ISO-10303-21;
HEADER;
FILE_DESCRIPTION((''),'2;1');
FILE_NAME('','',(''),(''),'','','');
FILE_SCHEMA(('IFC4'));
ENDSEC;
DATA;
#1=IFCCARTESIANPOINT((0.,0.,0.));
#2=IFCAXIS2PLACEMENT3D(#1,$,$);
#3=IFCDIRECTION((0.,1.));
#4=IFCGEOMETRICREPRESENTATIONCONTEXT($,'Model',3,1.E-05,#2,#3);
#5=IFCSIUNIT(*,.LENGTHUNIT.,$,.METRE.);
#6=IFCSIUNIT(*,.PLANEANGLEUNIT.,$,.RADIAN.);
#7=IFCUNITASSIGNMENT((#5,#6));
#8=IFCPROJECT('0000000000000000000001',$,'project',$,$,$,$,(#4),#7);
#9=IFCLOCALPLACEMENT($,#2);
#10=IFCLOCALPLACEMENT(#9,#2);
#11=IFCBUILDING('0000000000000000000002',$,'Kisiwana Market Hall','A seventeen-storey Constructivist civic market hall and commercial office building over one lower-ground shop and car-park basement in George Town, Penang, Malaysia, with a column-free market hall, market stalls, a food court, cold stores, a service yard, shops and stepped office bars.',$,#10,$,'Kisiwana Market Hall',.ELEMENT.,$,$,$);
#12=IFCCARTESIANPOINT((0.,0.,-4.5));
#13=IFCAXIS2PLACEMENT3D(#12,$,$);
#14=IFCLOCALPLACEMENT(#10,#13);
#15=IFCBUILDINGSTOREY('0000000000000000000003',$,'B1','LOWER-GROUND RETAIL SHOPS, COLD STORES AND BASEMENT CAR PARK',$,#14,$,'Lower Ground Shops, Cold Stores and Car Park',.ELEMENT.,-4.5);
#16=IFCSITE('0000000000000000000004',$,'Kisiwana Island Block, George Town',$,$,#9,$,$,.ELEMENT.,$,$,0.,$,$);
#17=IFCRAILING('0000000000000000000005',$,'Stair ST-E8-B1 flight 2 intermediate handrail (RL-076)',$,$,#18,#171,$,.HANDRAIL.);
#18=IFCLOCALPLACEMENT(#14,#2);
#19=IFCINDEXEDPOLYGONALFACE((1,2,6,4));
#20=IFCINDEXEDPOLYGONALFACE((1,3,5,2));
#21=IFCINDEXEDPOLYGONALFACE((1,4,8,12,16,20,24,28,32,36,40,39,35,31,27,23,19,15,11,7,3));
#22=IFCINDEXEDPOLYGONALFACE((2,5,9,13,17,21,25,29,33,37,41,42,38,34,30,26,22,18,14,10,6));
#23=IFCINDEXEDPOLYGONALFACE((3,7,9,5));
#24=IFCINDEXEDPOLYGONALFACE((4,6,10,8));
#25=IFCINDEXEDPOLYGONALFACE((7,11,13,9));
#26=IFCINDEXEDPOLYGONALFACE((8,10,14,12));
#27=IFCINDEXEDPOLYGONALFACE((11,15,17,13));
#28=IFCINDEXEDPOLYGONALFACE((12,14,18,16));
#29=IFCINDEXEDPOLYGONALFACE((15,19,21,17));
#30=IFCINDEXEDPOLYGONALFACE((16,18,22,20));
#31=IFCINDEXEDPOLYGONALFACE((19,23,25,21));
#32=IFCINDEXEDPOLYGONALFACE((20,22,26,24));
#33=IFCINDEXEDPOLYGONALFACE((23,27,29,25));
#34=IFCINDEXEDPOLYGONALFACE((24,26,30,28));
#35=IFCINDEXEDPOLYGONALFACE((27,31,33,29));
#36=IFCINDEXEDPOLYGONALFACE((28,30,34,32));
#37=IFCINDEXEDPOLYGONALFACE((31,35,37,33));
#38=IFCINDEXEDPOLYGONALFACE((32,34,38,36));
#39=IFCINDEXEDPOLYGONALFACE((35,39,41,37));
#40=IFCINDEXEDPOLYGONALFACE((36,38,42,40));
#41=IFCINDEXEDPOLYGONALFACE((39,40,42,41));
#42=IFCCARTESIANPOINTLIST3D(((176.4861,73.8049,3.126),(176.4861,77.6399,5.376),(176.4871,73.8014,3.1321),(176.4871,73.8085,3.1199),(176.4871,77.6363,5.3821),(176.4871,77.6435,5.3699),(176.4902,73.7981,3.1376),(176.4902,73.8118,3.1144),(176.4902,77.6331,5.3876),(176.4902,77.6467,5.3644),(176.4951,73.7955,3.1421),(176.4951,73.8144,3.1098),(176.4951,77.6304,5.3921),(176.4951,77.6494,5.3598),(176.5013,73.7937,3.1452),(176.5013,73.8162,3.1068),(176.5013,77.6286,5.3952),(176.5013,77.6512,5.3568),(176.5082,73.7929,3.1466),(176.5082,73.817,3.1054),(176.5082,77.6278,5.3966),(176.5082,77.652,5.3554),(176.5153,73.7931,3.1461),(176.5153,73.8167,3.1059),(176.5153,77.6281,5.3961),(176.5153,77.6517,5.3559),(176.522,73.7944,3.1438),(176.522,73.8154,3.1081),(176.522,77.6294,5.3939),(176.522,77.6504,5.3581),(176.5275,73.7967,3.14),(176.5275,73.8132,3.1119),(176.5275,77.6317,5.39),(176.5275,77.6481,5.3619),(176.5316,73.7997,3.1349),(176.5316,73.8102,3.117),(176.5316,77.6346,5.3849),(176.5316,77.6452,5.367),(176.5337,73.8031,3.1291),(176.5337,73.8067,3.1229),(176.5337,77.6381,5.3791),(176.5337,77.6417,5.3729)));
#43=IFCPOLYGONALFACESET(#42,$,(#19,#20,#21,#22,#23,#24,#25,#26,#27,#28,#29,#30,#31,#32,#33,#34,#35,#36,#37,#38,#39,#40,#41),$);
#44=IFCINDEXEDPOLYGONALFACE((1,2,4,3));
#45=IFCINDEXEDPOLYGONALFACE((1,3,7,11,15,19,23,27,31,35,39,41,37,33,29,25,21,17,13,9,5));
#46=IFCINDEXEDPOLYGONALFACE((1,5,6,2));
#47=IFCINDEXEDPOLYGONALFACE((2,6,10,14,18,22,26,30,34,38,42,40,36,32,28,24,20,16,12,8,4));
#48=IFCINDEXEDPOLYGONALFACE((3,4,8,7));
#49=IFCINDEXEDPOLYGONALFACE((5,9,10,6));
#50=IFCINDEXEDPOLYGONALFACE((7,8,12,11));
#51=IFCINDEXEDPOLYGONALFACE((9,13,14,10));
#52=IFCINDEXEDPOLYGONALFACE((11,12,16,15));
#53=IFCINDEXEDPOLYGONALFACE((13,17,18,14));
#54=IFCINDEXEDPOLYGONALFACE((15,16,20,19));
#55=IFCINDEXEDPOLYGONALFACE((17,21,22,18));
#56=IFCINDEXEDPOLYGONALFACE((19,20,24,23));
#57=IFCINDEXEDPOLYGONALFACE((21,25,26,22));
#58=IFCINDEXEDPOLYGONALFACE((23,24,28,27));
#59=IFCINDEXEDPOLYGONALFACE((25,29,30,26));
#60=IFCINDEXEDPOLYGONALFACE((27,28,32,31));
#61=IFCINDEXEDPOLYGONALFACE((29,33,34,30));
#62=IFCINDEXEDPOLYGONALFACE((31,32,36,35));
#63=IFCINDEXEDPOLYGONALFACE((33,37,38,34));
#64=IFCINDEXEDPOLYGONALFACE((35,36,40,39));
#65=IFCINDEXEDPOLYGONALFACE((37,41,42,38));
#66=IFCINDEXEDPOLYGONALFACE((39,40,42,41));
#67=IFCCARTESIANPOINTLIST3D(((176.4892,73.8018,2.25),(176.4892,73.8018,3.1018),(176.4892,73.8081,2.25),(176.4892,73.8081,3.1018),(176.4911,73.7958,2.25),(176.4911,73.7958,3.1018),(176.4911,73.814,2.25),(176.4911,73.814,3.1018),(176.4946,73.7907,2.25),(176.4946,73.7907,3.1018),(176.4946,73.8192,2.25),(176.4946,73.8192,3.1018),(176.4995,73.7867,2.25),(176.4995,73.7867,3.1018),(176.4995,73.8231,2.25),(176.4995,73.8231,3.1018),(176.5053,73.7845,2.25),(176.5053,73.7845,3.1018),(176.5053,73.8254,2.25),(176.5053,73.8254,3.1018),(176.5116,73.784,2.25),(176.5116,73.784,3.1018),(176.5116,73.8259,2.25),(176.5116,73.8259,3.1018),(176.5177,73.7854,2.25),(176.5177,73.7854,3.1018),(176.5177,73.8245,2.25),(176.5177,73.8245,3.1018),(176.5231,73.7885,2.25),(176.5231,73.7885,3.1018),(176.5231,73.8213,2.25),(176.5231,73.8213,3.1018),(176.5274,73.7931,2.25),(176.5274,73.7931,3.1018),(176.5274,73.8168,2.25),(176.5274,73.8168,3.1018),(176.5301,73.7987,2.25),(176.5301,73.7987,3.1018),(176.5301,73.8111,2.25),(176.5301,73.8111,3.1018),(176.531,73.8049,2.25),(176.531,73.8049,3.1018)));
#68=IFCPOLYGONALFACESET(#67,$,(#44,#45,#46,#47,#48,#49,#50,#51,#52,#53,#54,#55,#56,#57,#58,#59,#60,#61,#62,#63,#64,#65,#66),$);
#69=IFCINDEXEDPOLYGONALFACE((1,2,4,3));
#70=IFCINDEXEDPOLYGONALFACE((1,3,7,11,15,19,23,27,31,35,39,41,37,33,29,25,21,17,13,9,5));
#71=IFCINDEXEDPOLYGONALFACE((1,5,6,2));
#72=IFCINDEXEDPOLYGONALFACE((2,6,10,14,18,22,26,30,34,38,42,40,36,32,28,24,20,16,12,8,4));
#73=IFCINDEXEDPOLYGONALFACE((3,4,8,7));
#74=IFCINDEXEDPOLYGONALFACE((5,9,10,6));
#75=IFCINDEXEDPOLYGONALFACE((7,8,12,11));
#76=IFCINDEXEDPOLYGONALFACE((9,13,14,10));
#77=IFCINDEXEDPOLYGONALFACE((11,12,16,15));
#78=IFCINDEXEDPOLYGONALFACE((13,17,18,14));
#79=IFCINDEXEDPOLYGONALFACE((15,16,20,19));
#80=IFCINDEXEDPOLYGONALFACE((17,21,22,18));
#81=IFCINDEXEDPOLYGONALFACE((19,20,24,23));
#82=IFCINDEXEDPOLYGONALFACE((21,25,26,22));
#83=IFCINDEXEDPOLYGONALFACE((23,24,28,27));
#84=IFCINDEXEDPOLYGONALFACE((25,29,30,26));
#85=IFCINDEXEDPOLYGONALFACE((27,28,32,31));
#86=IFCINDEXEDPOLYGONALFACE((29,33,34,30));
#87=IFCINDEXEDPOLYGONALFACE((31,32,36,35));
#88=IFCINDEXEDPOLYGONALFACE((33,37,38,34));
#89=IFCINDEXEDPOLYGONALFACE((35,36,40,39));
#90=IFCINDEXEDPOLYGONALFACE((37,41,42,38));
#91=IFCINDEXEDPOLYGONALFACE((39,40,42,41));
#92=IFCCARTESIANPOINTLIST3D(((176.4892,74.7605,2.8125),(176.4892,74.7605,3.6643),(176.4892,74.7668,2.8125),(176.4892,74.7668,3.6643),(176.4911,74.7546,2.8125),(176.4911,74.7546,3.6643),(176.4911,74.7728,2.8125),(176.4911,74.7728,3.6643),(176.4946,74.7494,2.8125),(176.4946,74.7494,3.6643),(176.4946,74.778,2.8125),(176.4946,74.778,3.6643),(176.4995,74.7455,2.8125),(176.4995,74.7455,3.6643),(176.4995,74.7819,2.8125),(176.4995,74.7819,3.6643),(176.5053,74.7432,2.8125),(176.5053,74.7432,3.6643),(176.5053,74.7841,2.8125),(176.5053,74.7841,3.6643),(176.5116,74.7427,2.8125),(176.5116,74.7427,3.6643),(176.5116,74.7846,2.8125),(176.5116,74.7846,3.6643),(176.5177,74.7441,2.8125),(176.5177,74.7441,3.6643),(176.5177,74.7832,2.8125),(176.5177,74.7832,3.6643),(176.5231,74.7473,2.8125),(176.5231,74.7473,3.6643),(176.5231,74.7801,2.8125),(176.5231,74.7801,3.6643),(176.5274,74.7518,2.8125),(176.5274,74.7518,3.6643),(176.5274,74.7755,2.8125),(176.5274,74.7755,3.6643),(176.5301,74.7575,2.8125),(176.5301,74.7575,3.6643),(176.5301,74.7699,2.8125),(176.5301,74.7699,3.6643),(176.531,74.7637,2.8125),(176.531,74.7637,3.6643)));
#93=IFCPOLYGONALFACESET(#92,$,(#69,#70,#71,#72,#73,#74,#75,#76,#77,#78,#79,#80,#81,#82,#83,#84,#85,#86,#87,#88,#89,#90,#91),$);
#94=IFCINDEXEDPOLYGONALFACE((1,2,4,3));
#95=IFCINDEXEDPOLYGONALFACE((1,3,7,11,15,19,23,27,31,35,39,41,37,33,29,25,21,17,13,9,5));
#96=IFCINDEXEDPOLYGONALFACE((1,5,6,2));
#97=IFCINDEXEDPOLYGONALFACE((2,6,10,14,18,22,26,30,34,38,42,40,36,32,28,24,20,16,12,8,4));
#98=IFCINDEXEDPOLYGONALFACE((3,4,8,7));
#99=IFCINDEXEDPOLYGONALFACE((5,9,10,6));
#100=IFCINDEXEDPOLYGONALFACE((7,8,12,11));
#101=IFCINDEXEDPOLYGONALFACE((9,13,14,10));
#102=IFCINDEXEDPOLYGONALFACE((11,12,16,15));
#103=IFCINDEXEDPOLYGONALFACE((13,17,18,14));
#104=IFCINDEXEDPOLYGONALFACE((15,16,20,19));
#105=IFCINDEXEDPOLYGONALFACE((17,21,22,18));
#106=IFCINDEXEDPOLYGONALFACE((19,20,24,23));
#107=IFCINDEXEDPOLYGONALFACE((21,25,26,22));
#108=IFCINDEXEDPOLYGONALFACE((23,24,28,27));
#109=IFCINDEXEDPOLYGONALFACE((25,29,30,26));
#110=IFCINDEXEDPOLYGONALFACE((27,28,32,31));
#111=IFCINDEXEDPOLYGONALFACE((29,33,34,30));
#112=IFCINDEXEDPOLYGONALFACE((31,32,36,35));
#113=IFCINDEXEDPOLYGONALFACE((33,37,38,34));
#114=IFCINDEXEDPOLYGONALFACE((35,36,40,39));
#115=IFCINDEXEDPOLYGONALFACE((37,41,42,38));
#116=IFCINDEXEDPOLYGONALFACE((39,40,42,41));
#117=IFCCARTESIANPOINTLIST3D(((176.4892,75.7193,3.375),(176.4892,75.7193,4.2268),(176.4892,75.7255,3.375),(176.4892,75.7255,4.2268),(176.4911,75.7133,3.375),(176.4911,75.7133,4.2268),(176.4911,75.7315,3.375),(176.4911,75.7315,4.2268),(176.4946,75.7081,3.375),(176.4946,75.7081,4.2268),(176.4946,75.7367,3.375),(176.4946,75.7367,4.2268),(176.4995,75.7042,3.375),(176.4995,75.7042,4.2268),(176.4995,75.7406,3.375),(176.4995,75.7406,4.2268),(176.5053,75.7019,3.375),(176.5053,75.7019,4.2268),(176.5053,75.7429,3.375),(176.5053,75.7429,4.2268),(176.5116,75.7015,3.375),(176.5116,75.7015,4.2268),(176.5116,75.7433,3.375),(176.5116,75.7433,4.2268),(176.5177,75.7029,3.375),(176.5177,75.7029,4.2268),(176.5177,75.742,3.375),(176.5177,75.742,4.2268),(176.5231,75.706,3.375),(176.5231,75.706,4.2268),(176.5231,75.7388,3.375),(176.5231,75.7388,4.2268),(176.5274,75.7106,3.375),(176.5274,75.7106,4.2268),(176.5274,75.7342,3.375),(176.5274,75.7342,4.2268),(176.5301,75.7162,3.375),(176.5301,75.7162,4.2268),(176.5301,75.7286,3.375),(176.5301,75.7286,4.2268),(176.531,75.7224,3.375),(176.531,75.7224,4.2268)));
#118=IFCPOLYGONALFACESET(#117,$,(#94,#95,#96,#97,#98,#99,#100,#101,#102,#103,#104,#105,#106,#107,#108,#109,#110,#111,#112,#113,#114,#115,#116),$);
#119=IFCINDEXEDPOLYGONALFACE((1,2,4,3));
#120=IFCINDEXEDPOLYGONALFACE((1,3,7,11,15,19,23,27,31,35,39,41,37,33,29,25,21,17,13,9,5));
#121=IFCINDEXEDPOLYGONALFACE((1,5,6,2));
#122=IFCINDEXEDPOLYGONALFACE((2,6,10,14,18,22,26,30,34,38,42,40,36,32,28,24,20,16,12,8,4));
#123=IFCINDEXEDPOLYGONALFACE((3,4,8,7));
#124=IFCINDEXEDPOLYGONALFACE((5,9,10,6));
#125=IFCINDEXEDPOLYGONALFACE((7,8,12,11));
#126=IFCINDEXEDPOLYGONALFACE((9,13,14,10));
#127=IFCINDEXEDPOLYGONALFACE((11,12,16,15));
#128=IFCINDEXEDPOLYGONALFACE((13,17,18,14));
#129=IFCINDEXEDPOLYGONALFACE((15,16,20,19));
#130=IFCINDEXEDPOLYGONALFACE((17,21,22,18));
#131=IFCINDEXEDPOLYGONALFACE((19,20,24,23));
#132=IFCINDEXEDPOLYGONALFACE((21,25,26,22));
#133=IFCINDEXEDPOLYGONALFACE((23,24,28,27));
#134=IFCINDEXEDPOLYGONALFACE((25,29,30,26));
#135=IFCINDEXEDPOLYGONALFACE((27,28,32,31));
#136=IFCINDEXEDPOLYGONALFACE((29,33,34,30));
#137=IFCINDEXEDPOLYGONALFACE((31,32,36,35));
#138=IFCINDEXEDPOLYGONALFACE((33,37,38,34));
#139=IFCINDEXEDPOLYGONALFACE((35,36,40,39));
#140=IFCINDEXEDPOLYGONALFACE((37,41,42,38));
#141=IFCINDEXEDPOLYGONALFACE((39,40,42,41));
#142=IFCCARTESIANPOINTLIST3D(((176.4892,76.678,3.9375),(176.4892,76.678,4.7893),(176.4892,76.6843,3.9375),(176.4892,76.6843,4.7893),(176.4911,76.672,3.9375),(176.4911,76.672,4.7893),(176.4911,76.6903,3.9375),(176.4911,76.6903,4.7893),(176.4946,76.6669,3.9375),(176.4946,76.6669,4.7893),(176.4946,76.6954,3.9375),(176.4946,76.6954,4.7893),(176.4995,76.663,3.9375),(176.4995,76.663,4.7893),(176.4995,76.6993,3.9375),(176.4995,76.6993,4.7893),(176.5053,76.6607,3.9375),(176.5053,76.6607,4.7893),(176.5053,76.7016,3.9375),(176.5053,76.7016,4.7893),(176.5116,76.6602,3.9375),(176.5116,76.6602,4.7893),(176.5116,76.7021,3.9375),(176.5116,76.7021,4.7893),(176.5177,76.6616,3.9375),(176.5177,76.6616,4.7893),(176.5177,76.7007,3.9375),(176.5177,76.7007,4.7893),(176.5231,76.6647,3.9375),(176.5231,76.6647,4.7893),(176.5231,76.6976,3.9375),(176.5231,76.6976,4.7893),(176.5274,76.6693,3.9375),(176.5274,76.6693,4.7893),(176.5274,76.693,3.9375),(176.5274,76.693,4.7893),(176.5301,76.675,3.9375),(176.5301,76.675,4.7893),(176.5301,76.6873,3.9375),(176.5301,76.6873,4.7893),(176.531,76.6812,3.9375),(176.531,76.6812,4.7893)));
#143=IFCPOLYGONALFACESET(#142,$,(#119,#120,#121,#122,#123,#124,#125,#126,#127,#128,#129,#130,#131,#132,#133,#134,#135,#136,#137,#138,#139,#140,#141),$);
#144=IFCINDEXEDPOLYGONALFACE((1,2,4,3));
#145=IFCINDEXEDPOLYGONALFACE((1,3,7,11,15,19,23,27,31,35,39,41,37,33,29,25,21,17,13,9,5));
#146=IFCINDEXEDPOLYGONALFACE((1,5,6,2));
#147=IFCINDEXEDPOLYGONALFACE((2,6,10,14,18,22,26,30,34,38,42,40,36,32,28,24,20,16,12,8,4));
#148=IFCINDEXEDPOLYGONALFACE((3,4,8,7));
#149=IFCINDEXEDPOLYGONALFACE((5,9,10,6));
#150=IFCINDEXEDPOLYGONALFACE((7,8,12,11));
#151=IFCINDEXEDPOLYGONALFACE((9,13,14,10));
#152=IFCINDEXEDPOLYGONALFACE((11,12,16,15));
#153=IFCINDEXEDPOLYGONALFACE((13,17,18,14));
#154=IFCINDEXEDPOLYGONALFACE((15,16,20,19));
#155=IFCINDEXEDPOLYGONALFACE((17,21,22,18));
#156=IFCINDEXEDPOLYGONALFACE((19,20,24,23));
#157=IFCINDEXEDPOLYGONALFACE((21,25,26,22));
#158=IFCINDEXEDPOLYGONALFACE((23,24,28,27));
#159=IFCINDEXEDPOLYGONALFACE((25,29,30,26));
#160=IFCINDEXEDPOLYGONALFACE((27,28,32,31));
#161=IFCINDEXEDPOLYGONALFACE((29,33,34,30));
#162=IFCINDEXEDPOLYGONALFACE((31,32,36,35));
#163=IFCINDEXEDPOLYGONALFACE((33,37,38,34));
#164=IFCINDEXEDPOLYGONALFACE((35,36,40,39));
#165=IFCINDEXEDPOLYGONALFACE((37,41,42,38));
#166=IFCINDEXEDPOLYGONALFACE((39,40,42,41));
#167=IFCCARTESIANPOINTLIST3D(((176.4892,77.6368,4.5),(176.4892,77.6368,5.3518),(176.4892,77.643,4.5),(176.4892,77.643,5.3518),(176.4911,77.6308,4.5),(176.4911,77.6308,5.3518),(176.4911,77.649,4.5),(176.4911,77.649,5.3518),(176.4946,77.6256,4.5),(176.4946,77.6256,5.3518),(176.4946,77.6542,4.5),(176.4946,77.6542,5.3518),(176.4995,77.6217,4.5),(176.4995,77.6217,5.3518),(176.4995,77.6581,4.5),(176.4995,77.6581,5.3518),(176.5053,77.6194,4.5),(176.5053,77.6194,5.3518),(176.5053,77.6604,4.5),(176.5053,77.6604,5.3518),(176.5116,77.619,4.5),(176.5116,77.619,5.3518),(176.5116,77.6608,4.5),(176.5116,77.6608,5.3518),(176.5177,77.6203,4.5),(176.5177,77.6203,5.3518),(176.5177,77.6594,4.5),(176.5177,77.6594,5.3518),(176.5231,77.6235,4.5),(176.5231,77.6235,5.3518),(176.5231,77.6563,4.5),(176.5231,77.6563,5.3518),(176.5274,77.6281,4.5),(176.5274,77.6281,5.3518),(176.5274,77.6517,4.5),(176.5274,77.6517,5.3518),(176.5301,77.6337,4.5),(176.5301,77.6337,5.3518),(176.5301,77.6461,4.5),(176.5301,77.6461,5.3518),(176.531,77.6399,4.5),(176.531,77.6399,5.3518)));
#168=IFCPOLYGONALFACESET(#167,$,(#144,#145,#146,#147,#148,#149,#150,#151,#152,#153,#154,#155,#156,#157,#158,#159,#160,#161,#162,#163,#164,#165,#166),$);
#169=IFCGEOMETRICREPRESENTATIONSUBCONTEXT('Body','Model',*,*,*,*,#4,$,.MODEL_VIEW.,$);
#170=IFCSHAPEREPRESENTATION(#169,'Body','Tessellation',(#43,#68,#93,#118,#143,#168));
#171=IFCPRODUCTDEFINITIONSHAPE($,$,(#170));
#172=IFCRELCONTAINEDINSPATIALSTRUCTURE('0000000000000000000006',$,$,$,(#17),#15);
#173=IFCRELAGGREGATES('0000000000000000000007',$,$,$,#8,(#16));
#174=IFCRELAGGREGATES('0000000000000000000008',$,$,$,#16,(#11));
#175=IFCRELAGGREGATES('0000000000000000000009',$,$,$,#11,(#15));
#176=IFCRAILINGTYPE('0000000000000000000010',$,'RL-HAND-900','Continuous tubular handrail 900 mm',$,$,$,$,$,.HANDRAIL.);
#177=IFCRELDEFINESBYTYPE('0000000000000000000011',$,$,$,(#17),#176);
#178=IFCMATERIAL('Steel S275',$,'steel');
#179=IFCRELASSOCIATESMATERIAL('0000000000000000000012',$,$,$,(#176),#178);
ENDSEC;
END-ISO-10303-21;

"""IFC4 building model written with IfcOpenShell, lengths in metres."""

from ifc_helpers import new_model, si_unit, direction, frame, origin, origin_2d, place, context, subcontext, project, spatial, circle, extrude, material, type_object, element, save


model = new_model("IFC4")

# Units and contexts
model_context = context("Model", 3, precision=1e-05, world=origin(), true_north=direction((0.0, 1.0)))
body_context = subcontext(model_context, "Body", "Model", "MODEL_VIEW")
ifc_project = project(units=[si_unit("LENGTHUNIT", "METRE"), si_unit("PLANEANGLEUNIT", "RADIAN")], contexts=[model_context])

# Site, building, storey
site_placement = place(None, origin())
site = spatial("IfcSite", under=ifc_project, at=site_placement, Name="Kisiwana Island Block, George Town", CompositionType="ELEMENT", RefElevation=0.0)
building_placement = place(site_placement, origin())
building = spatial("IfcBuilding", under=site, at=building_placement, Name="Kisiwana Market Hall", Description="A seventeen-storey Constructivist civic market hall and commercial office building over one lower-ground shop and car-park basement in George Town, Penang, Malaysia, with a column-free market hall, market stalls, a food court, cold stores, a service yard, shops and stepped office bars.", LongName="Kisiwana Market Hall", CompositionType="ELEMENT")
storey_placement = place(building_placement, frame((0.0, 0.0, -4.5)))
storey = spatial("IfcBuildingStorey", under=building, at=storey_placement, Name="B1", Description="LOWER-GROUND RETAIL SHOPS, COLD STORES AND BASEMENT CAR PARK", LongName="Lower Ground Shops, Cold Stores and Car Park", CompositionType="ELEMENT", Elevation=-4.5)

# Railing
ifc_material_1 = material(Name="Steel S275", Category="steel")
railing_type_1 = type_object("IfcRailingType", Name="RL-HAND-900", Description="Continuous tubular handrail 900 mm", PredefinedType="HANDRAIL", material=ifc_material_1)
railing_1_placement = place(storey_placement, frame((176.51, 73.8049, 2.25)))
element("IfcRailing", 1, at=railing_1_placement, inside=storey, type_object=railing_type_1, Name="Stair ST-E8-B1 flight 2 intermediate handrail (RL-076)", PredefinedType="HANDRAIL", context=body_context, shape_type="SweptSolid", body=[
    extrude(circle(Radius=0.0239, at=origin_2d()), frame((0.0, 0.0, 0.876), z_axis=(0.0, 0.86251, 0.506041), x_axis=(-1.0, 0.0, 0.0)), (0.0, 0.0, 1.0), 4.4463),
    extrude(circle(Radius=0.021, at=origin_2d()), origin(), (0.0, 0.0, 1.0), 0.8518),
    extrude(circle(Radius=0.021, at=origin_2d()), frame((0.0, 0.9587, 0.5625)), (0.0, 0.0, 1.0), 0.8518),
    extrude(circle(Radius=0.021, at=origin_2d()), frame((0.0, 1.9175, 1.125)), (0.0, 0.0, 1.0), 0.8518),
    extrude(circle(Radius=0.021, at=origin_2d()), frame((0.0, 2.8762, 1.6875)), (0.0, 0.0, 1.0), 0.8518),
    extrude(circle(Radius=0.021, at=origin_2d()), frame((0.0, 3.835, 2.25)), (0.0, 0.0, 1.0), 0.8518),
])

save(model, "model.ifc")
